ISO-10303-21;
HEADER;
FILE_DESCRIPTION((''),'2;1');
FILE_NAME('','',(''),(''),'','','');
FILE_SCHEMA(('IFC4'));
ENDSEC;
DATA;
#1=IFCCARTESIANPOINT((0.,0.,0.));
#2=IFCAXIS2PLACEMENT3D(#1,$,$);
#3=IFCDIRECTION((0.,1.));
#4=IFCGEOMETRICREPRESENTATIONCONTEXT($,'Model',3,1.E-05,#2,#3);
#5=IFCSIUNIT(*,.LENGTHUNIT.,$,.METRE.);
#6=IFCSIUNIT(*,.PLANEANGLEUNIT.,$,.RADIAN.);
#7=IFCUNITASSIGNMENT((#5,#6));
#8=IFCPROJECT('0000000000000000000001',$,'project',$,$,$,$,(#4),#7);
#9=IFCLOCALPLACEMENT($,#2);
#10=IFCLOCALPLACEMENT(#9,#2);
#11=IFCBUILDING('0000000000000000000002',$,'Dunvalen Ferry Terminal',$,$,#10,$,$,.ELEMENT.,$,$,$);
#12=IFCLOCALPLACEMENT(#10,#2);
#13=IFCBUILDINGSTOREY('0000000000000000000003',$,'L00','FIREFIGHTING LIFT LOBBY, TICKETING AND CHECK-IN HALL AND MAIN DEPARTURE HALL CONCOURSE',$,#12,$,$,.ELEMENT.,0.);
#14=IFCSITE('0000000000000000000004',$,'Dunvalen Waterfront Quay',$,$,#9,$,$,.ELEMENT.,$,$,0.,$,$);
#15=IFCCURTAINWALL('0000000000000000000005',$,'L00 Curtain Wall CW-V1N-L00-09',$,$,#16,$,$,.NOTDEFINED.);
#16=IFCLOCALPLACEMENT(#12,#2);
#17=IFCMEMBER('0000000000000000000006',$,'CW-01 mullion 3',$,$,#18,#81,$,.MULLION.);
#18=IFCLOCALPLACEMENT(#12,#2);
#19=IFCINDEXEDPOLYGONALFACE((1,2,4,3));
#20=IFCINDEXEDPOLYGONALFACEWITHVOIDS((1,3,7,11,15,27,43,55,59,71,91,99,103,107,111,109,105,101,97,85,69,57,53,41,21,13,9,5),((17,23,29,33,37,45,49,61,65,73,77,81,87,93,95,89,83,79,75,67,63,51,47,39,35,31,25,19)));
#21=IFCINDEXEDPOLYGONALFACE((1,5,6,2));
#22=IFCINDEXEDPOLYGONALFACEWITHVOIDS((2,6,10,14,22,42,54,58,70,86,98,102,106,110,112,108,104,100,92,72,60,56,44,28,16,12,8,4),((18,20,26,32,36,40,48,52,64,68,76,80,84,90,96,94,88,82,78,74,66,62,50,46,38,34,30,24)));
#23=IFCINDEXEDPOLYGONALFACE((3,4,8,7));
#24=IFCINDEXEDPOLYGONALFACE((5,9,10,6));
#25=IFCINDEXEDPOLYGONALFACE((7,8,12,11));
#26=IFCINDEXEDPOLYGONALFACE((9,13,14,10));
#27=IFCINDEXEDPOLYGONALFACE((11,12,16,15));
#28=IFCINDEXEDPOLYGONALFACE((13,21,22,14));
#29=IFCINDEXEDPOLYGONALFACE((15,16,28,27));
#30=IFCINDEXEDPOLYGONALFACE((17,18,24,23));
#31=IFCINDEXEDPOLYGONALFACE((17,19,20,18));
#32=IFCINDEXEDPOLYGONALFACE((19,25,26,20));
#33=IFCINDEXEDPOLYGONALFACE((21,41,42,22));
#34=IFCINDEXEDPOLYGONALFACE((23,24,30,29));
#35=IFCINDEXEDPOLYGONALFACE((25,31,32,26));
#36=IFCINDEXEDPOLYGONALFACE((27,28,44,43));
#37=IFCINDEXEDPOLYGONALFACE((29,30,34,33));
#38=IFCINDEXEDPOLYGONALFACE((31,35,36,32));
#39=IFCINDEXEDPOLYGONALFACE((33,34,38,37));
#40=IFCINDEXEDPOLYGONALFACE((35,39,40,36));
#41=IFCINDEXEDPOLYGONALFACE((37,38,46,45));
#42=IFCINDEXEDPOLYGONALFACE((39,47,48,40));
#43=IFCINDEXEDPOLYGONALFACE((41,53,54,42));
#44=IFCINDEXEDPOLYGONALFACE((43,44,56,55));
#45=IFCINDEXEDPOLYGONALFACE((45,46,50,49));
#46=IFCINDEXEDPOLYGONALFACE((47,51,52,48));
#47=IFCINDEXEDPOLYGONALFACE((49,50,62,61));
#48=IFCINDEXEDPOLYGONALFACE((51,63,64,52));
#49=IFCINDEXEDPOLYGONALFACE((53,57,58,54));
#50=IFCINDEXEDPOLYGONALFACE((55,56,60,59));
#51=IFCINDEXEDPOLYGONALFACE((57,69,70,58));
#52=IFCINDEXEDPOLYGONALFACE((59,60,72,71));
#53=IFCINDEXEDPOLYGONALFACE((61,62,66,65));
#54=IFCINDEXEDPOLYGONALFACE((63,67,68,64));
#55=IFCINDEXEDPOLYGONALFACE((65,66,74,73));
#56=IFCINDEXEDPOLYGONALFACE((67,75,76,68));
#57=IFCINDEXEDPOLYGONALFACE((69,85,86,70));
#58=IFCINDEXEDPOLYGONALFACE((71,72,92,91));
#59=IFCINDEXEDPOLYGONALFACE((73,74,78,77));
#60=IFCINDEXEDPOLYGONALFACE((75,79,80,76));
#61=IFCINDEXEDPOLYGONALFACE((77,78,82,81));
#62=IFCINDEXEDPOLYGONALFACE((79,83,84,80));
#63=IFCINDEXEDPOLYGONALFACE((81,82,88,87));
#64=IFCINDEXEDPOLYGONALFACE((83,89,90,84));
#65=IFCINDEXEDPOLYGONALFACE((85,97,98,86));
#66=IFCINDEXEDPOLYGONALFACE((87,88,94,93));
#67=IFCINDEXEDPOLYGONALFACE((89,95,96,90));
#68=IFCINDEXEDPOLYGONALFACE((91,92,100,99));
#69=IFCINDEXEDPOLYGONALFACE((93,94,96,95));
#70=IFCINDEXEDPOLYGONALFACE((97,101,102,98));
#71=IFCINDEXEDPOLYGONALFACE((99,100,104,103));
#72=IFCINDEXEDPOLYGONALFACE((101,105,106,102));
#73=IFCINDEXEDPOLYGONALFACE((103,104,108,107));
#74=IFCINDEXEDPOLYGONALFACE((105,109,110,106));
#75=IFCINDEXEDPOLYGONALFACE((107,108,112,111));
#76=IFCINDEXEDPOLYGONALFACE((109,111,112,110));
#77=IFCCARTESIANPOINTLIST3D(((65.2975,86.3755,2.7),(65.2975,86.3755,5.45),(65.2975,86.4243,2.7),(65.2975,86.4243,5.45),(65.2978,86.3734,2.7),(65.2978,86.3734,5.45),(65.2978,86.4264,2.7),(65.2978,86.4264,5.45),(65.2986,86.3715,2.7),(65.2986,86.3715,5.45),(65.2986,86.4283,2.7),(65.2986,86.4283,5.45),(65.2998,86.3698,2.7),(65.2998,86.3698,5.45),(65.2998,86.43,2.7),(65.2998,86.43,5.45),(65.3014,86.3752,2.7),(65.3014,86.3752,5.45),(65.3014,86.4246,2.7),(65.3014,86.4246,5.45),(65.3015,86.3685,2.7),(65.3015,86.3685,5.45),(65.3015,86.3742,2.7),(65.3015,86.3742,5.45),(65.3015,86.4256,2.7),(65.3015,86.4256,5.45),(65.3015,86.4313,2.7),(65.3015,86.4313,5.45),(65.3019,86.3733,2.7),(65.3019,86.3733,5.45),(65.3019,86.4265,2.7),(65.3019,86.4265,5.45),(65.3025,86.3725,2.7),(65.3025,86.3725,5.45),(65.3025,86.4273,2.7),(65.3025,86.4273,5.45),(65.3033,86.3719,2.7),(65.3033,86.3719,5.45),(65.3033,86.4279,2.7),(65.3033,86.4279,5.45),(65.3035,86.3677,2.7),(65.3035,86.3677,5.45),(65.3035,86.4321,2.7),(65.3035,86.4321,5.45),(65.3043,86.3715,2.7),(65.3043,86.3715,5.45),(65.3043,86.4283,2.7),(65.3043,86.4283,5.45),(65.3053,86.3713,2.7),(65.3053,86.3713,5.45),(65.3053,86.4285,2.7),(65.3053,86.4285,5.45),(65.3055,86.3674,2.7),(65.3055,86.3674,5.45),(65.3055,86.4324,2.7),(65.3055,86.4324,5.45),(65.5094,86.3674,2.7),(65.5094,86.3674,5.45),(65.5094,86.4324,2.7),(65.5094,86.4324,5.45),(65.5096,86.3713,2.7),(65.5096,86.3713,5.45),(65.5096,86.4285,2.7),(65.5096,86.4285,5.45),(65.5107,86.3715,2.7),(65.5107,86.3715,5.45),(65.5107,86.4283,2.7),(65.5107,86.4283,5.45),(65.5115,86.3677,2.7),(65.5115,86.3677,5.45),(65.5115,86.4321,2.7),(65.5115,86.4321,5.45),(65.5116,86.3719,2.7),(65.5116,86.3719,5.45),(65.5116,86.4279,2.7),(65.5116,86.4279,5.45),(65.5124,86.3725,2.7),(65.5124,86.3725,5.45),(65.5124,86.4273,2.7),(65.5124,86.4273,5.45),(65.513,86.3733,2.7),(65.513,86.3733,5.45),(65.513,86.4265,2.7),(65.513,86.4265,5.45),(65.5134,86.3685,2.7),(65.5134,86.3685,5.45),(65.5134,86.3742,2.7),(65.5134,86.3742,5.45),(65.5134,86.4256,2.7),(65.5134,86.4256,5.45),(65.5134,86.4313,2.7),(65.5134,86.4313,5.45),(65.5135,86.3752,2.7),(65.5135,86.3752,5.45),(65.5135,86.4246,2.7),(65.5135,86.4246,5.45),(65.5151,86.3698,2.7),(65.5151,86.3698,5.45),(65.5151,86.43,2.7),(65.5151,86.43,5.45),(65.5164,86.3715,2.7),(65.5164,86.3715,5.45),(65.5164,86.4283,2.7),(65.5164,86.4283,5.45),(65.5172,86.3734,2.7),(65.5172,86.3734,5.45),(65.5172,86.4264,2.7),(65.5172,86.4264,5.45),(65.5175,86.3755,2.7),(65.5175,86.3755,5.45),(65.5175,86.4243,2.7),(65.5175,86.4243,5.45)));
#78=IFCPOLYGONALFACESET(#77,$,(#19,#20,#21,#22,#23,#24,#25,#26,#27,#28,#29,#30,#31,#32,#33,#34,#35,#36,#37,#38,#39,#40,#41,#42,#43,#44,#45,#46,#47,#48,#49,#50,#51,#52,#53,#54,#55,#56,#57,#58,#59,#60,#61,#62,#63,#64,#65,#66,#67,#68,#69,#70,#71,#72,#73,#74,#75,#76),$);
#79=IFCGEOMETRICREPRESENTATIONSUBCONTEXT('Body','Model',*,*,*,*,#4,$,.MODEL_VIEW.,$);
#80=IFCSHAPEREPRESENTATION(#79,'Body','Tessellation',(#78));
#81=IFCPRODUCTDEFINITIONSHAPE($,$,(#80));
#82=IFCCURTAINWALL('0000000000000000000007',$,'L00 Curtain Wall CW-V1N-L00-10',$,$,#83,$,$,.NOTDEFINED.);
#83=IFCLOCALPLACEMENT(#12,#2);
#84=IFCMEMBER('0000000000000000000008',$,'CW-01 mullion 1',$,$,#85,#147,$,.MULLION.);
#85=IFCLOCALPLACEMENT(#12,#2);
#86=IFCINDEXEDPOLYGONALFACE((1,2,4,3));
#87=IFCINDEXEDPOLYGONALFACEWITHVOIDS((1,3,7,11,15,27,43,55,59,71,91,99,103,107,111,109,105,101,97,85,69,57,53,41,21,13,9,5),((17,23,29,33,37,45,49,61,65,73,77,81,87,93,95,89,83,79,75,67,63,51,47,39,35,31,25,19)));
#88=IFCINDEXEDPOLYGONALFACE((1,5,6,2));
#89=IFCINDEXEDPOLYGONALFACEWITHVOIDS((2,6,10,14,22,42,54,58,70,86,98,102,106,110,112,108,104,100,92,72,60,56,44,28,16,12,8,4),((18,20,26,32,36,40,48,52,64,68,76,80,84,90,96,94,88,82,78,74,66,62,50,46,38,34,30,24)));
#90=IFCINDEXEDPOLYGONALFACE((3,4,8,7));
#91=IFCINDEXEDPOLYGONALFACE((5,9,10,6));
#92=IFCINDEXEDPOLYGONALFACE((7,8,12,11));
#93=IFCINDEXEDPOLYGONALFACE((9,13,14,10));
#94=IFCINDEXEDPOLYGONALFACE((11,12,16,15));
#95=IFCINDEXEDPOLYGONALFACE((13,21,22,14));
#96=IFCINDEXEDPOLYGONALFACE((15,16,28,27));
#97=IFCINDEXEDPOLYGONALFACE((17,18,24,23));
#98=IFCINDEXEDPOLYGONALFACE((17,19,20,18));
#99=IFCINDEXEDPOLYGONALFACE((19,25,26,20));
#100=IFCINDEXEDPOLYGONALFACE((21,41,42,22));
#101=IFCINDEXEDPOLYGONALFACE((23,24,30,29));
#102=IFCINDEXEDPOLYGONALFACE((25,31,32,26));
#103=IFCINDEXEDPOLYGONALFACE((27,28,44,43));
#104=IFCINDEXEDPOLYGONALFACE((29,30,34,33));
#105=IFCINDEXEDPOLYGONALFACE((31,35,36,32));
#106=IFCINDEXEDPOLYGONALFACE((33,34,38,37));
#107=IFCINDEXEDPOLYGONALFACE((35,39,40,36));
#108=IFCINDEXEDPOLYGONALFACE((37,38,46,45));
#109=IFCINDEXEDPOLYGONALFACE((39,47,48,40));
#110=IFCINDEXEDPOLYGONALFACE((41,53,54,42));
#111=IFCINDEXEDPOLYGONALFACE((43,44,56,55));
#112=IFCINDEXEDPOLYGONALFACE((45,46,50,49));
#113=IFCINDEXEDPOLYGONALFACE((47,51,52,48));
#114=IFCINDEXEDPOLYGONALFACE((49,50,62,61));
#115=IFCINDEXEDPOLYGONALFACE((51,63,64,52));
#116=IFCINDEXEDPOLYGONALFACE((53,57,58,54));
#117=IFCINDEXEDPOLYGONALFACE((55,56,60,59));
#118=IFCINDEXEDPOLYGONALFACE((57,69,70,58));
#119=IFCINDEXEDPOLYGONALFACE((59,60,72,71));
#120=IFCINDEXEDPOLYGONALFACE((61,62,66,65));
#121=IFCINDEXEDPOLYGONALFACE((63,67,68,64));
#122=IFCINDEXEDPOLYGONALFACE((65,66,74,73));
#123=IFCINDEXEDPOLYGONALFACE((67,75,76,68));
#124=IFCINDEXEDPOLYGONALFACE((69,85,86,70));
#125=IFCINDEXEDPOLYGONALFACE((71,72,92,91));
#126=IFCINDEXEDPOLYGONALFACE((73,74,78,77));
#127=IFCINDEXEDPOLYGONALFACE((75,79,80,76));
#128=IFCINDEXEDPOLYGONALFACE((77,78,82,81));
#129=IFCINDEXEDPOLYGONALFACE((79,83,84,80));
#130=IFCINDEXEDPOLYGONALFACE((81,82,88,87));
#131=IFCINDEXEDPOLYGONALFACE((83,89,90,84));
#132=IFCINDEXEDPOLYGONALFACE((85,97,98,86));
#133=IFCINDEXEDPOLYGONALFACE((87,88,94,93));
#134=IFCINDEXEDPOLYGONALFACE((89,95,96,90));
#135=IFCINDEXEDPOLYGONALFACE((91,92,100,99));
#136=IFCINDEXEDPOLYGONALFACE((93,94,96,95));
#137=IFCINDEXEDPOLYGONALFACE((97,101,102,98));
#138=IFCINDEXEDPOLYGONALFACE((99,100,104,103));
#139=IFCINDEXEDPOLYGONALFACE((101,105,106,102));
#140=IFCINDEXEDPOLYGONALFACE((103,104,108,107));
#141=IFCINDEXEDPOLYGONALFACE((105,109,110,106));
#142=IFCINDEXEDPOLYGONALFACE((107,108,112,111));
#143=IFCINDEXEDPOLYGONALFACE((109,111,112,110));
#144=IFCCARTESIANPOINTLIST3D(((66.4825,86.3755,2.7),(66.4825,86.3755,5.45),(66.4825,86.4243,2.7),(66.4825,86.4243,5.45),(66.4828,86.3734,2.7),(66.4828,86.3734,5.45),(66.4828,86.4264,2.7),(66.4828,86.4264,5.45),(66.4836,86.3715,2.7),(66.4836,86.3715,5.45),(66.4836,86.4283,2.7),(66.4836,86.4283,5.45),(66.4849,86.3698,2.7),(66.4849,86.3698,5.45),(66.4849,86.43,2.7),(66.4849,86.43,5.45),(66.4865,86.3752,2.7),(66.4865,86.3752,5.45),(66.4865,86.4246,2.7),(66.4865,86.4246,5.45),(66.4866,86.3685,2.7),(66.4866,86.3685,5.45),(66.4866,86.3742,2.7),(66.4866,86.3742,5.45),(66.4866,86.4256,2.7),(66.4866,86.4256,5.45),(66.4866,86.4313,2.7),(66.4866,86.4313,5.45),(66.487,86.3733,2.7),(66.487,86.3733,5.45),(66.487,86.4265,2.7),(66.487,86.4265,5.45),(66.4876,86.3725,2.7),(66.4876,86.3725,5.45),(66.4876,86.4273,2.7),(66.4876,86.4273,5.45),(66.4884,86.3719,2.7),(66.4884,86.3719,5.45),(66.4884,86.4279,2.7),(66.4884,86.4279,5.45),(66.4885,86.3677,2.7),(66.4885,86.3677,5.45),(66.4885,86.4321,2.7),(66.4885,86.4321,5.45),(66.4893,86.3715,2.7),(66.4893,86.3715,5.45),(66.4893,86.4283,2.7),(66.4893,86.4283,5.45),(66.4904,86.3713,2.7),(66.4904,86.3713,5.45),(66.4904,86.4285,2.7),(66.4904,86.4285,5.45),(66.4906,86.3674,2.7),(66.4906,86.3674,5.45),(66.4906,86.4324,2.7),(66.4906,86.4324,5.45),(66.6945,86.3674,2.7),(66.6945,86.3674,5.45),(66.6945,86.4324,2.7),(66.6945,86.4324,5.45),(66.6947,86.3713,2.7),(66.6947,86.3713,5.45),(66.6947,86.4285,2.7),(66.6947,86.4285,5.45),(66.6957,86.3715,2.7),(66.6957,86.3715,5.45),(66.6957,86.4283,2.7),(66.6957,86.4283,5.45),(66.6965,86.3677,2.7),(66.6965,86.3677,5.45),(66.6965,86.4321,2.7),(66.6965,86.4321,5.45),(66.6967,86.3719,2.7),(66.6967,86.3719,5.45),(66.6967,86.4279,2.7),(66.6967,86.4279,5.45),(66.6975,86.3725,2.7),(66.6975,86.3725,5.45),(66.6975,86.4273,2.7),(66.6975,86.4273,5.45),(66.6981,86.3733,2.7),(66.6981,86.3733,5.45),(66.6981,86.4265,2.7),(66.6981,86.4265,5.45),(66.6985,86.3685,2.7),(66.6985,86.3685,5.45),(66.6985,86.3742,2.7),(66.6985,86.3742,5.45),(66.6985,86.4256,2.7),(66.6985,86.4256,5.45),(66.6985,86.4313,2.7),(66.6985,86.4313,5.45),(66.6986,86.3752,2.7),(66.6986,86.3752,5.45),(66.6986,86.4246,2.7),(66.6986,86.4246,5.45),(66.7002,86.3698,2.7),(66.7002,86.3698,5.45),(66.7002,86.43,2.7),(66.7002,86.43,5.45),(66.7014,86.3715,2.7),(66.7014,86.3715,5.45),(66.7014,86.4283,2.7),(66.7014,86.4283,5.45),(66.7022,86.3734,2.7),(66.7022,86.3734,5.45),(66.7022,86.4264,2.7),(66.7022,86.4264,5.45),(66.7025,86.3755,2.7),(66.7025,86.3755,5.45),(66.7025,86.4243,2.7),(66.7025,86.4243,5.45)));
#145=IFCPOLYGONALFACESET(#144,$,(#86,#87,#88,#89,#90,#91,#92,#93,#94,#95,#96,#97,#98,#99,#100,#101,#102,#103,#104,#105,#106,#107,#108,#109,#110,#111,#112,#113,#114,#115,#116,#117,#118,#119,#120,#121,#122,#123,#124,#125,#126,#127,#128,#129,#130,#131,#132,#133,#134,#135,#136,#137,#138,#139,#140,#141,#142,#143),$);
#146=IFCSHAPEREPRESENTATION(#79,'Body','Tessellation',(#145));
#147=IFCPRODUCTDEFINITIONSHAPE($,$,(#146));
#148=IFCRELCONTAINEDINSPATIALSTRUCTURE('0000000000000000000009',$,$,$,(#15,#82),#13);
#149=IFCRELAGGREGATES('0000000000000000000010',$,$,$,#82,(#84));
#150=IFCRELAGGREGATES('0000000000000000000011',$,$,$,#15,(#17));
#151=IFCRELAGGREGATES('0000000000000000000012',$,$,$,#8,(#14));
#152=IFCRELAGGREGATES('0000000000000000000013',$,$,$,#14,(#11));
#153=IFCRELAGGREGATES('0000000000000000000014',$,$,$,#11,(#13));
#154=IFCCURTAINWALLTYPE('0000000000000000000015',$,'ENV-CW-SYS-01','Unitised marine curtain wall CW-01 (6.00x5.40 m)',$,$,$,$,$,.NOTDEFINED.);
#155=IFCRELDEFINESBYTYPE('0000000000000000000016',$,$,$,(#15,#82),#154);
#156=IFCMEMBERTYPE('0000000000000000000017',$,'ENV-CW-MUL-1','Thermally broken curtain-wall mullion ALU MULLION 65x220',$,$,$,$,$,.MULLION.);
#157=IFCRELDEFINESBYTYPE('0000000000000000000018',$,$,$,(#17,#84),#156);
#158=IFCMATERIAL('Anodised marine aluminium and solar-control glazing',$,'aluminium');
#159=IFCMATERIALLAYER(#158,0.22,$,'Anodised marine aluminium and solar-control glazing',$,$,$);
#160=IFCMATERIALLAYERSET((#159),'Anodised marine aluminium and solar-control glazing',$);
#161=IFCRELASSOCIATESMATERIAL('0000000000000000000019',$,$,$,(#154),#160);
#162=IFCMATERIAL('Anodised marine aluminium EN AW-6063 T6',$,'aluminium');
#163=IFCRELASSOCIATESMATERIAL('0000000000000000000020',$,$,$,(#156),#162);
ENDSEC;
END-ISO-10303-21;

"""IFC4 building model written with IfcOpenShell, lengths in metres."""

from ifc_helpers import new_model, si_unit, direction, frame, origin, origin_2d, place, context, subcontext, project, spatial, hollow_rectangle, extrude, material, layer, layer_set, material_profile, profile_set, type_object, element, aggregate, save


model = new_model("IFC4")

# Units and contexts
model_context = context("Model", 3, precision=1e-05, world=origin(), true_north=direction((0.0, 1.0)))
body_context = subcontext(model_context, "Body", "Model", "MODEL_VIEW")
ifc_project = project(units=[si_unit("LENGTHUNIT", "METRE"), si_unit("PLANEANGLEUNIT", "RADIAN")], contexts=[model_context])

# Site, building, storey
site_placement = place(None, origin())
site = spatial("IfcSite", under=ifc_project, at=site_placement, Name="Dunvalen Waterfront Quay", CompositionType="ELEMENT", RefElevation=0.0)
building_placement = place(site_placement, origin())
building = spatial("IfcBuilding", under=site, at=building_placement, Name="Dunvalen Ferry Terminal", CompositionType="ELEMENT")
storey_placement = place(building_placement, origin())
storey = spatial("IfcBuildingStorey", under=building, at=storey_placement, Name="L00", Description="FIREFIGHTING LIFT LOBBY, TICKETING AND CHECK-IN HALL AND MAIN DEPARTURE HALL CONCOURSE", CompositionType="ELEMENT", Elevation=0.0)

# Curtain wall, member
ifc_material_1 = material(Name="Anodised marine aluminium and solar-control glazing", Category="aluminium")
ifc_layer_1 = layer(ifc_material_1, 0.22, Name="Anodised marine aluminium and solar-control glazing")
ifc_layer_set_1 = layer_set([ifc_layer_1], Name="Anodised marine aluminium and solar-control glazing")
curtain_wall_type = type_object("IfcCurtainWallType", Name="ENV-CW-SYS-01", Description="Unitised marine curtain wall CW-01 (6.00x5.40 m)", PredefinedType="NOTDEFINED", material=ifc_layer_set_1)
curtain_wall_1_placement = place(storey_placement, origin())
curtain_wall_1 = element("IfcCurtainWall", 1, at=curtain_wall_1_placement, inside=storey, type_object=curtain_wall_type, Name="L00 Curtain Wall CW-V1N-L00-09", PredefinedType="NOTDEFINED")
ifc_material_2 = material(Name="Anodised marine aluminium EN AW-6063 T6", Category="aluminium")
ifc_material_profile_1 = material_profile(ifc_material_2, hollow_rectangle(XDim=0.0649, YDim=0.22, WallThickness=0.0039, InnerFilletRadius=0.0039, OuterFilletRadius=0.0081, at=origin_2d()), Name="Anodised marine aluminium EN AW-6063 T6")
ifc_profile_set_1 = profile_set([ifc_material_profile_1], Name="Anodised marine aluminium EN AW-6063 T6")
member_type_1 = type_object("IfcMemberType", Name="ENV-CW-MUL-1", Description="Thermally broken curtain-wall mullion ALU MULLION 65x220", PredefinedType="MULLION", material=ifc_profile_set_1)
member_1_placement = place(storey_placement, frame((65.4075, 86.3999, 2.7), z_axis=(0.0, 0.0, 1.0), x_axis=(0.0, 1.0, 0.0)))
member_1 = element("IfcMember", 2, at=member_1_placement, type_object=member_type_1, Name="CW-01 mullion 3", PredefinedType="MULLION", context=body_context, shape_type="SweptSolid", body=[
    extrude(hollow_rectangle(XDim=0.0649, YDim=0.22, WallThickness=0.0039, InnerFilletRadius=0.0039, OuterFilletRadius=0.0081, at=origin_2d()), origin(), (0.0, 0.0, 1.0), 2.75),
])

# Curtain wall, member
curtain_wall_2_placement = place(storey_placement, origin())
curtain_wall_2 = element("IfcCurtainWall", 3, at=curtain_wall_2_placement, inside=storey, type_object=curtain_wall_type, Name="L00 Curtain Wall CW-V1N-L00-10", PredefinedType="NOTDEFINED")
member_2_placement = place(storey_placement, frame((66.5925, 86.3999, 2.7), z_axis=(0.0, 0.0, 1.0), x_axis=(0.0, 1.0, 0.0)))
member_2 = element("IfcMember", 4, at=member_2_placement, type_object=member_type_1, Name="CW-01 mullion 1", PredefinedType="MULLION", context=body_context, shape_type="SweptSolid", body=[
    extrude(hollow_rectangle(XDim=0.0649, YDim=0.22, WallThickness=0.0039, InnerFilletRadius=0.0039, OuterFilletRadius=0.0081, at=origin_2d()), origin(), (0.0, 0.0, 1.0), 2.75),
])
aggregate(curtain_wall_2, [member_2])

aggregate(curtain_wall_1, [member_1])

save(model, "model.ifc")
